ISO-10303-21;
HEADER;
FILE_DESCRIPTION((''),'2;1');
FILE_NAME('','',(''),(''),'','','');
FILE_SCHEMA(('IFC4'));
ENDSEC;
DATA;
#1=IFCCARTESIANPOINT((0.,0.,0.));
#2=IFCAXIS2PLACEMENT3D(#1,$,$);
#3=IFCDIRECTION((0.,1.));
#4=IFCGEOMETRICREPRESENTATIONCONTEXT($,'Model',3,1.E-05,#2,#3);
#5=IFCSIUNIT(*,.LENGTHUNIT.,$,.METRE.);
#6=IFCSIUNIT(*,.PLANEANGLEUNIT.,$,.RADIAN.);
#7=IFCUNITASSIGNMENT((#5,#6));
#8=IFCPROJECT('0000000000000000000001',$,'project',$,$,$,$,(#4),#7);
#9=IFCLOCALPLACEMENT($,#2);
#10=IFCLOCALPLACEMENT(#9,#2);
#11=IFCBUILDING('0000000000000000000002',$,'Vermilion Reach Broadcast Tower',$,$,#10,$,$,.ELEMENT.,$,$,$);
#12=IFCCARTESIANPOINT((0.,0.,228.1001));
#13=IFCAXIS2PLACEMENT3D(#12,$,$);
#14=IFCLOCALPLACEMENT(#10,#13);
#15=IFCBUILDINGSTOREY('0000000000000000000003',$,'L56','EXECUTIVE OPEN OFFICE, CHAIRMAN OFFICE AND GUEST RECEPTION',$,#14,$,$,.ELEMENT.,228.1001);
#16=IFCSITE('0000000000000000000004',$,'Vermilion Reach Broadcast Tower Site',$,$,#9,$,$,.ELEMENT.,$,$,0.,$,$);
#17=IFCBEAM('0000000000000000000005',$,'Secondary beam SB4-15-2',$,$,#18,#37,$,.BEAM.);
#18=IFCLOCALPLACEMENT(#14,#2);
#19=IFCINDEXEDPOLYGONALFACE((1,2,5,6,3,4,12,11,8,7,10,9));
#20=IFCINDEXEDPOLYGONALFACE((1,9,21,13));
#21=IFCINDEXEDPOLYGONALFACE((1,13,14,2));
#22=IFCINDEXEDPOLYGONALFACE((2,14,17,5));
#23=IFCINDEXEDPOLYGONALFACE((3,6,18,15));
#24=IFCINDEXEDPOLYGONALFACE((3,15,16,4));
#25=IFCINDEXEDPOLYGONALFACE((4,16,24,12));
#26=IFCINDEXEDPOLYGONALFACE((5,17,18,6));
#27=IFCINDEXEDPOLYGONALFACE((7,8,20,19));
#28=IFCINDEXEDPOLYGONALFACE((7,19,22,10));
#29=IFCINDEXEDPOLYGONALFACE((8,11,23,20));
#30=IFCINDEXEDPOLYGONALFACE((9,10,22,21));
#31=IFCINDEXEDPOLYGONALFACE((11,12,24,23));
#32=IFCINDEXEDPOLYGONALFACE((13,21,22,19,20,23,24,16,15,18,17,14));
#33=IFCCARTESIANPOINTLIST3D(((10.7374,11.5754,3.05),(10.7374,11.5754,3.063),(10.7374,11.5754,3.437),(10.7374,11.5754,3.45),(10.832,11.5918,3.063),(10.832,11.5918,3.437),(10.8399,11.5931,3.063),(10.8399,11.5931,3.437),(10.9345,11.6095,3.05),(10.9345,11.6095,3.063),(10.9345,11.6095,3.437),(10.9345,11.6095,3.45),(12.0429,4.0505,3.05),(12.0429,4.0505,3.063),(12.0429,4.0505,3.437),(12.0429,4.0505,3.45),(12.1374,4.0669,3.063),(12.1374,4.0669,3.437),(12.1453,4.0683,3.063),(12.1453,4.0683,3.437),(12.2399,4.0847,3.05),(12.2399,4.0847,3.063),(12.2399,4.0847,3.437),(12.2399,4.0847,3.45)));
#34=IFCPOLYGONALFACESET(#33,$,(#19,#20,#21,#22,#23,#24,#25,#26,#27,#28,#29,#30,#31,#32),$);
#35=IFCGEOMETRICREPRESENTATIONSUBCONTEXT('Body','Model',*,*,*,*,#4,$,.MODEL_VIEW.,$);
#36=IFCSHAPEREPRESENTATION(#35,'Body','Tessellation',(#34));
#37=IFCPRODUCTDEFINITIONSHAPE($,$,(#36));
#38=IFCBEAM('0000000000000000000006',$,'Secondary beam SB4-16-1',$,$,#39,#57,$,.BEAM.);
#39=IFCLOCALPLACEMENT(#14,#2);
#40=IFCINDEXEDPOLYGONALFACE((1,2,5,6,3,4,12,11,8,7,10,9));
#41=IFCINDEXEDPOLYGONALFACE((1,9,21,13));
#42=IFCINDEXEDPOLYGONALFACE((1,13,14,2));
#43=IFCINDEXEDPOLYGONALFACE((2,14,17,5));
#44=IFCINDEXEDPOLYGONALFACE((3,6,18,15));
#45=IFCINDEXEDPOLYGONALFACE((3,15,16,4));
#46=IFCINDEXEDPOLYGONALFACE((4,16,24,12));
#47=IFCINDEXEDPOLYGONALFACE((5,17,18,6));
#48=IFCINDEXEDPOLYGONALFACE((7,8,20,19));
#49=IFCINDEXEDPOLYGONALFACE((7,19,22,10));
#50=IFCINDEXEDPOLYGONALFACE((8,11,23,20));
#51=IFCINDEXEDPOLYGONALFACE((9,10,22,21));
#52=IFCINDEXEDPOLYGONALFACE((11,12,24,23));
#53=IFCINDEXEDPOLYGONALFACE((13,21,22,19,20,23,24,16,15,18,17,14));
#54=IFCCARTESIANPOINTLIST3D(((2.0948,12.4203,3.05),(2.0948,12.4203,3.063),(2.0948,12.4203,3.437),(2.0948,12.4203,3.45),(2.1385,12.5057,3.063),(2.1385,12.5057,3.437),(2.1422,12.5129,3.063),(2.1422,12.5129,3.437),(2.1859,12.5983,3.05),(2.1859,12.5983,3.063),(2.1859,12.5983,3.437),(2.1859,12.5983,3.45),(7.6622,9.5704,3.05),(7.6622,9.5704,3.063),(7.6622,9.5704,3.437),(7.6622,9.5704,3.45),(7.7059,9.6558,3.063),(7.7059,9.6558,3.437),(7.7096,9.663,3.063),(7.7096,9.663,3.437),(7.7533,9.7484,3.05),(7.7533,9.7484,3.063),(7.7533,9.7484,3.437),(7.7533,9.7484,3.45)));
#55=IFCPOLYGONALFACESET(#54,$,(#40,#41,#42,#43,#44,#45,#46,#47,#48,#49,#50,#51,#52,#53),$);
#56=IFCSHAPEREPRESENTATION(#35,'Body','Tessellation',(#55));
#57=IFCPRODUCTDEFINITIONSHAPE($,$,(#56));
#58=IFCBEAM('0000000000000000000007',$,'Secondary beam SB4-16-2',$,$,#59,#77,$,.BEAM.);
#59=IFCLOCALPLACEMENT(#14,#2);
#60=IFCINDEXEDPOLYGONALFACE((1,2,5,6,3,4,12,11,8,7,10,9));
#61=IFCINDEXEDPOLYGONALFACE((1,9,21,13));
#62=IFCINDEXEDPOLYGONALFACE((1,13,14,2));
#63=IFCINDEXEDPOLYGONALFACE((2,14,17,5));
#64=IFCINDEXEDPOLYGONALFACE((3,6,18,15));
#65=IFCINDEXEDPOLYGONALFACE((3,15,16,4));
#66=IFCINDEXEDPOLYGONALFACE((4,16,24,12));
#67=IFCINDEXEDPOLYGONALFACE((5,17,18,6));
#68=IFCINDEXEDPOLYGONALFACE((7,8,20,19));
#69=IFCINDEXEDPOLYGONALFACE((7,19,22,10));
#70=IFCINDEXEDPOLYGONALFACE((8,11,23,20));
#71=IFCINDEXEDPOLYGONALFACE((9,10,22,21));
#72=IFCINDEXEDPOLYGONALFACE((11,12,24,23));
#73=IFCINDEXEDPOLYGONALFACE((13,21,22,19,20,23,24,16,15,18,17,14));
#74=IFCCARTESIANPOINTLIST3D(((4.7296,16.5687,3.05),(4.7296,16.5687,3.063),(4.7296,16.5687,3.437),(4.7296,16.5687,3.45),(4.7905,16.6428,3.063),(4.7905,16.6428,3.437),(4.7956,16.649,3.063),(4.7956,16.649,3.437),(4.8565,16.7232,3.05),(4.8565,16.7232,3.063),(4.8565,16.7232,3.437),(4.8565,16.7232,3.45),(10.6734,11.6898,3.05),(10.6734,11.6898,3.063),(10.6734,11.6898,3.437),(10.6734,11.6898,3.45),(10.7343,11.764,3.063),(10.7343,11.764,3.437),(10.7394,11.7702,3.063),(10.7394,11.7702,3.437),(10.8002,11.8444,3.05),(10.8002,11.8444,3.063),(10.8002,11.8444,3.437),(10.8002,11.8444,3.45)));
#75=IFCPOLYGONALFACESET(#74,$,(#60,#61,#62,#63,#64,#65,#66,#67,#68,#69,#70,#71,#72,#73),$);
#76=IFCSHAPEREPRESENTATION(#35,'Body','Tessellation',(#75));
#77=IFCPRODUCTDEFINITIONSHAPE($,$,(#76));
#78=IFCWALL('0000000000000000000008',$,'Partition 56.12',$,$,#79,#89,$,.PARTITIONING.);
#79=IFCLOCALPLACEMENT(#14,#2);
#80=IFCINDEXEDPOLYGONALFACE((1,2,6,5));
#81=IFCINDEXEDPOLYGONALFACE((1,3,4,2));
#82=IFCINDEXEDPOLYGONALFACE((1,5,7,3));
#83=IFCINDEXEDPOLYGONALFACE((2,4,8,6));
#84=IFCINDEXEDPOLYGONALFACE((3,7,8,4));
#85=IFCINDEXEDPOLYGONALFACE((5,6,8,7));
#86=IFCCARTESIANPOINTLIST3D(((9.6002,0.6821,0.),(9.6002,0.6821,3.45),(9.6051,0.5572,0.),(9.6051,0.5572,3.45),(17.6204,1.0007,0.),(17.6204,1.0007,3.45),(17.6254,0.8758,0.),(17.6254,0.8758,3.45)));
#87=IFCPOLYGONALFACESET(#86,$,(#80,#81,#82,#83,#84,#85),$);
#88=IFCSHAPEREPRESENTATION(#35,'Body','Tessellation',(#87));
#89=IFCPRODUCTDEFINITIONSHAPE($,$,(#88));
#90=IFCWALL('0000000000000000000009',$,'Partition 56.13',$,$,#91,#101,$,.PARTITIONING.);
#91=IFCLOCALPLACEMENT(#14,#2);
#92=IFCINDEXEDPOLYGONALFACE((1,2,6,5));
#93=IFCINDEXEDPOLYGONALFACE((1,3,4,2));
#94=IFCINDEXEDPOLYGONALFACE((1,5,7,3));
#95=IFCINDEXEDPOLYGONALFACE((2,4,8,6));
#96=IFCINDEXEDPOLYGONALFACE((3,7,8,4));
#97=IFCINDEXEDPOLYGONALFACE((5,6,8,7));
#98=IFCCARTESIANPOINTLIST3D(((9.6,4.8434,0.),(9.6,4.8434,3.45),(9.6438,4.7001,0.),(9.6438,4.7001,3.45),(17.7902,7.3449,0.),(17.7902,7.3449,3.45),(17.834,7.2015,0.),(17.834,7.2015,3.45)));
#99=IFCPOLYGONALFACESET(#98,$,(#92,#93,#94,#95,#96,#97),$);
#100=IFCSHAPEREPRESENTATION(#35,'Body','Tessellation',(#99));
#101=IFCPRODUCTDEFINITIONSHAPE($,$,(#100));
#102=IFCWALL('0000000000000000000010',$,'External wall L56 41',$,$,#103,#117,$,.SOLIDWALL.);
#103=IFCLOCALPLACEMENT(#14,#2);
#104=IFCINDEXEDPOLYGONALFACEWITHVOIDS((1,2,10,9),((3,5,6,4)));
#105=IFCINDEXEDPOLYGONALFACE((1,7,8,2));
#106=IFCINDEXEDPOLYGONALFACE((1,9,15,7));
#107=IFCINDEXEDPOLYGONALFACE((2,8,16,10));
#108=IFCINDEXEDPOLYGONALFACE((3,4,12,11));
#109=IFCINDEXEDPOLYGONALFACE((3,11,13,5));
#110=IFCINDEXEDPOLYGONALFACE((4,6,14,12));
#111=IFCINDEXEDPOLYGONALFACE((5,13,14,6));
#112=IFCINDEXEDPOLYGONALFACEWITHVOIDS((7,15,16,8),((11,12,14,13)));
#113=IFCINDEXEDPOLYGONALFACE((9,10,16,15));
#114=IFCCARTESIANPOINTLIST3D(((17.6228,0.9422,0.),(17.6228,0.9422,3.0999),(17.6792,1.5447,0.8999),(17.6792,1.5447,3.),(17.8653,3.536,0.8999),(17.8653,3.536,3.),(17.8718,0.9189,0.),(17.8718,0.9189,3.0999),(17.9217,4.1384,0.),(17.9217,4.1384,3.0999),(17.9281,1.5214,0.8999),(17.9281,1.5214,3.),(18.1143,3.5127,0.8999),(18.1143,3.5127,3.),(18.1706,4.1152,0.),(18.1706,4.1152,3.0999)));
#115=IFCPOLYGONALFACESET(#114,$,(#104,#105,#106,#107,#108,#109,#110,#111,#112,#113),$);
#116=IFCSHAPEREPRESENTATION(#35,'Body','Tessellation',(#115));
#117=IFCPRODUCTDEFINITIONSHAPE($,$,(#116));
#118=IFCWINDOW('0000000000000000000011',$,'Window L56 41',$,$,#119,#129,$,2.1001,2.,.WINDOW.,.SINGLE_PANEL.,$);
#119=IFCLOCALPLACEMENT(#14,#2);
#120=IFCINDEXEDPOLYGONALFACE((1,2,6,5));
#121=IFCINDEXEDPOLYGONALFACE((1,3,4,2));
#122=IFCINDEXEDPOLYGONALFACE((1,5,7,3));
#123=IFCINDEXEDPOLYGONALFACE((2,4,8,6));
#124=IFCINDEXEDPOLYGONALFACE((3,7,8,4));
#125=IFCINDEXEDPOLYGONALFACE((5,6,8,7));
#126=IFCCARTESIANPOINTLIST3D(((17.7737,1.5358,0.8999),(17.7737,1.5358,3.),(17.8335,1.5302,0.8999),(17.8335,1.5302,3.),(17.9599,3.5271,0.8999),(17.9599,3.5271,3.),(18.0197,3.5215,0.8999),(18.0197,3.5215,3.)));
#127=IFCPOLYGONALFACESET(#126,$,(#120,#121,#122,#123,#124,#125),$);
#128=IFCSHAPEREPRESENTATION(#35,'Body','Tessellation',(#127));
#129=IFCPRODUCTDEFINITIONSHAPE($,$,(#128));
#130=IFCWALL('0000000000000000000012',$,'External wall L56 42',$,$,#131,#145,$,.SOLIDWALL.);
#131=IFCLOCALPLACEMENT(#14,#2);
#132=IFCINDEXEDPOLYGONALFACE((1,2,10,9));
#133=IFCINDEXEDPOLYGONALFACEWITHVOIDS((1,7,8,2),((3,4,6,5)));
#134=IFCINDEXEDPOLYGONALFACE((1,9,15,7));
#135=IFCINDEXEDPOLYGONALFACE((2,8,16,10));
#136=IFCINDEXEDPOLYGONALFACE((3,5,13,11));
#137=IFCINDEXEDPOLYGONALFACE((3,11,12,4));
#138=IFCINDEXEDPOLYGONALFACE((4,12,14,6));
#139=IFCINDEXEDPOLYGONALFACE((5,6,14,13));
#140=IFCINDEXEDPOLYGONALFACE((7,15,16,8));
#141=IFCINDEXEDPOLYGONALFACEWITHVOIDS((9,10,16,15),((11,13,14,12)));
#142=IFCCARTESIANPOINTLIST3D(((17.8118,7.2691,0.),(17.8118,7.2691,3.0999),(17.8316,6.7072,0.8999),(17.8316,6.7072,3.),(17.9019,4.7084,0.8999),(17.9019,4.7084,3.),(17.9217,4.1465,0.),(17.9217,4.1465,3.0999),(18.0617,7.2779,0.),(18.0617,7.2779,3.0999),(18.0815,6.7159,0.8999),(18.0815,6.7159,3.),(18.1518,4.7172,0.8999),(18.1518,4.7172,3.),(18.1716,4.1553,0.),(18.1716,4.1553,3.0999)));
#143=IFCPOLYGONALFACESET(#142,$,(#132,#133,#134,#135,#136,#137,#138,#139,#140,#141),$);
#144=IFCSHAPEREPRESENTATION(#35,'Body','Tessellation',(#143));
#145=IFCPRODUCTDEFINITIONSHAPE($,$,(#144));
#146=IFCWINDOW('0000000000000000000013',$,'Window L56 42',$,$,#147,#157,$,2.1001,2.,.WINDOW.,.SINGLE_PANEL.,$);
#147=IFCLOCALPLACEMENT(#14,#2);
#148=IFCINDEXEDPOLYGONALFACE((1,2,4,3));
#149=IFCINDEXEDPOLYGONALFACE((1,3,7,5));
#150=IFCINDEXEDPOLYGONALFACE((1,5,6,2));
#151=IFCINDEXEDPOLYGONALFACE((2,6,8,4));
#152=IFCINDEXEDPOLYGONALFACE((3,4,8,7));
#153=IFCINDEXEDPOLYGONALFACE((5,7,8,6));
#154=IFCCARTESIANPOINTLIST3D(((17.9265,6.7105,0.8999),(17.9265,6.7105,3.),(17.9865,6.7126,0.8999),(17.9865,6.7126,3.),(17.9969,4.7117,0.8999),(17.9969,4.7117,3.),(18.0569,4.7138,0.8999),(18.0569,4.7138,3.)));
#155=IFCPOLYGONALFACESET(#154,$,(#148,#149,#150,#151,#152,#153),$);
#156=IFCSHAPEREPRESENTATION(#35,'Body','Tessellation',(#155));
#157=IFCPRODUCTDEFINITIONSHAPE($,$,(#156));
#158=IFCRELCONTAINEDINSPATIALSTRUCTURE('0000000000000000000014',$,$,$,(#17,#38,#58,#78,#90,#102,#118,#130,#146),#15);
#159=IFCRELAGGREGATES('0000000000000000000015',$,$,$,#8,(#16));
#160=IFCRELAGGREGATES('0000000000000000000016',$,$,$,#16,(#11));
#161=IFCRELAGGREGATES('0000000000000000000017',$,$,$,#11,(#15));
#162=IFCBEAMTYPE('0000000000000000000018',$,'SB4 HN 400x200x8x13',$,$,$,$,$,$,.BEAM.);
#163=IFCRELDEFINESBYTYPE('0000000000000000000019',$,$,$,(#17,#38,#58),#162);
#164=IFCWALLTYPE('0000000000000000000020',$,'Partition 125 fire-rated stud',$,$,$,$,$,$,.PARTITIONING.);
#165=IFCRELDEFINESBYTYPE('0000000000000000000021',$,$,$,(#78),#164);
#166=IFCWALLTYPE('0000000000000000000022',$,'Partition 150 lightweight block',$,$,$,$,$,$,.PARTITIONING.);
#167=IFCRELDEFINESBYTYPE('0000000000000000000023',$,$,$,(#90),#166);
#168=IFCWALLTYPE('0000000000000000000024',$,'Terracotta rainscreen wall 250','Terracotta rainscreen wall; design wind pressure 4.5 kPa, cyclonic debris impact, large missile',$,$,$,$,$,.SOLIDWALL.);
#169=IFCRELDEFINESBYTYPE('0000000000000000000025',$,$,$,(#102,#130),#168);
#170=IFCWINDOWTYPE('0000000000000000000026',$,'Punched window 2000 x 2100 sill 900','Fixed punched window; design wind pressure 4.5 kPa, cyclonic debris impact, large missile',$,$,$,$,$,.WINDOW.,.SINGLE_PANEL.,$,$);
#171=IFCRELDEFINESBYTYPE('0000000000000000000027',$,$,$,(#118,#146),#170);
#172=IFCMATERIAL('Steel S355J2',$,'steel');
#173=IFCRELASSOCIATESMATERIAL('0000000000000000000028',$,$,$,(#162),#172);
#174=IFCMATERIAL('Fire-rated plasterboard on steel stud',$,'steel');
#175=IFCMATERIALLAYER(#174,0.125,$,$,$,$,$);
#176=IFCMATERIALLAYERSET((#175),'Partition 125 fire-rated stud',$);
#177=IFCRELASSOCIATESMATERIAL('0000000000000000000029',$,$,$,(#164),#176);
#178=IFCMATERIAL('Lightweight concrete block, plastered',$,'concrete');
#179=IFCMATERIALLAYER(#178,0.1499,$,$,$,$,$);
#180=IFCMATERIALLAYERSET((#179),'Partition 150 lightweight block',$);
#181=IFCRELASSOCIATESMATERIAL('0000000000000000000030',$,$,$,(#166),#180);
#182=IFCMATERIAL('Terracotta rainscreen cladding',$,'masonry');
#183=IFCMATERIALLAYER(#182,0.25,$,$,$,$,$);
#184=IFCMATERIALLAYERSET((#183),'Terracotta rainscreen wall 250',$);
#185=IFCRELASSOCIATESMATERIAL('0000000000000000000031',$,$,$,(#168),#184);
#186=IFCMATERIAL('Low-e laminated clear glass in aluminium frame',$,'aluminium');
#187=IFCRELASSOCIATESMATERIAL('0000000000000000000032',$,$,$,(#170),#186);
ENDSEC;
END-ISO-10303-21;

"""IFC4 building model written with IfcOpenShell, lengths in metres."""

from ifc_helpers import new_model, si_unit, direction, frame, frame_2d, origin, origin_2d, place, context, subcontext, project, spatial, rectangle, i_section, extrude, material, layer, layer_set, material_profile, profile_set, type_object, element, fill, save


model = new_model("IFC4")

# Units and contexts
model_context = context("Model", 3, precision=1e-05, world=origin(), true_north=direction((0.0, 1.0)))
body_context = subcontext(model_context, "Body", "Model", "MODEL_VIEW")
ifc_project = project(units=[si_unit("LENGTHUNIT", "METRE"), si_unit("PLANEANGLEUNIT", "RADIAN")], contexts=[model_context])

# Site, building, storey
site_placement = place(None, origin())
site = spatial("IfcSite", under=ifc_project, at=site_placement, Name="Vermilion Reach Broadcast Tower Site", CompositionType="ELEMENT", RefElevation=0.0)
building_placement = place(site_placement, origin())
building = spatial("IfcBuilding", under=site, at=building_placement, Name="Vermilion Reach Broadcast Tower", CompositionType="ELEMENT")
storey_placement = place(building_placement, frame((0.0, 0.0, 228.1001)))
storey = spatial("IfcBuildingStorey", under=building, at=storey_placement, Name="L56", Description="EXECUTIVE OPEN OFFICE, CHAIRMAN OFFICE AND GUEST RECEPTION", CompositionType="ELEMENT", Elevation=228.1001)

# Beams
ifc_material_1 = material(Name="Steel S355J2", Category="steel")
ifc_material_profile_1 = material_profile(ifc_material_1, i_section(OverallWidth=0.2, OverallDepth=0.3999, WebThickness=0.0081, FlangeThickness=0.0129, at=origin_2d()), Name="S355J2 HN 400x200x8x13")
ifc_profile_set_1 = profile_set([ifc_material_profile_1], Name="Steel S355J2")
beam_type_1 = type_object("IfcBeamType", Name="SB4 HN 400x200x8x13", PredefinedType="BEAM", material=ifc_profile_set_1)
beam_1_placement = place(storey_placement, frame((12.1414, 4.0676, 3.25), z_axis=(-0.170927, 0.985284, 0.0), x_axis=(-0.985284, -0.170927, 0.0)))
element("IfcBeam", 1, at=beam_1_placement, inside=storey, type_object=beam_type_1, Name="Secondary beam SB4-15-2", PredefinedType="BEAM", context=body_context, shape_type="SweptSolid", body=[
    extrude(i_section(OverallWidth=0.2, OverallDepth=0.3999, WebThickness=0.0081, FlangeThickness=0.0129, at=origin_2d()), origin(), (0.0, 0.0, 1.0), 7.6372),
])
beam_2_placement = place(storey_placement, frame((7.7078, 9.6594, 3.25), z_axis=(-0.890156, 0.455656, 0.0), x_axis=(-0.455656, -0.890156, 0.0)))
element("IfcBeam", 2, at=beam_2_placement, inside=storey, type_object=beam_type_1, Name="Secondary beam SB4-16-1", PredefinedType="BEAM", context=body_context, shape_type="SweptSolid", body=[
    extrude(i_section(OverallWidth=0.2, OverallDepth=0.3999, WebThickness=0.0081, FlangeThickness=0.0129, at=origin_2d()), origin(), (0.0, 0.0, 1.0), 6.2544),
])
beam_3_placement = place(storey_placement, frame((10.7368, 11.7671, 3.25), z_axis=(-0.772952, 0.634465, 0.0), x_axis=(-0.634465, -0.772952, 0.0)))
element("IfcBeam", 3, at=beam_3_placement, inside=storey, type_object=beam_type_1, Name="Secondary beam SB4-16-2", PredefinedType="BEAM", context=body_context, shape_type="SweptSolid", body=[
    extrude(i_section(OverallWidth=0.2, OverallDepth=0.3999, WebThickness=0.0081, FlangeThickness=0.0129, at=origin_2d()), origin(), (0.0, 0.0, 1.0), 7.6897),
])

# Walls
ifc_material_2 = material(Name="Fire-rated plasterboard on steel stud", Category="steel")
ifc_layer_1 = layer(ifc_material_2, 0.125)
ifc_layer_set_1 = layer_set([ifc_layer_1], Name="Partition 125 fire-rated stud")
wall_type_1 = type_object("IfcWallType", Name="Partition 125 fire-rated stud", PredefinedType="PARTITIONING", material=ifc_layer_set_1)
wall_1_placement = place(storey_placement, frame((17.6228, 0.9382, 0.0), z_axis=(0.0, 0.0, 1.0), x_axis=(-0.999212, -0.039694, 0.0)))
element("IfcWall", 4, at=wall_1_placement, inside=storey, type_object=wall_type_1, Name="Partition 56.12", PredefinedType="PARTITIONING", context=body_context, shape_type="SweptSolid", body=[
    extrude(rectangle(XDim=8.0266, YDim=0.125, at=frame_2d((4.0132, 0.0))), origin(), (0.0, 0.0, 1.0), 3.45),
])
ifc_material_3 = material(Name="Lightweight concrete block, plastered", Category="concrete")
ifc_layer_2 = layer(ifc_material_3, 0.1499)
ifc_layer_set_2 = layer_set([ifc_layer_2], Name="Partition 150 lightweight block")
wall_type_2 = type_object("IfcWallType", Name="Partition 150 lightweight block", PredefinedType="PARTITIONING", material=ifc_layer_set_2)
wall_2_placement = place(storey_placement, frame((17.812, 7.2732, 0.0), z_axis=(0.0, 0.0, 1.0), x_axis=(-0.956387, -0.292102, 0.0)))
element("IfcWall", 5, at=wall_2_placement, inside=storey, type_object=wall_type_2, Name="Partition 56.13", PredefinedType="PARTITIONING", context=body_context, shape_type="SweptSolid", body=[
    extrude(rectangle(XDim=8.5637, YDim=0.1499, at=frame_2d((4.2817, 0.0))), origin(), (0.0, 0.0, 1.0), 3.45),
])

# Walls, openings, windows
ifc_material_4 = material(Name="Terracotta rainscreen cladding", Category="masonry")
ifc_layer_3 = layer(ifc_material_4, 0.25)
ifc_layer_set_3 = layer_set([ifc_layer_3], Name="Terracotta rainscreen wall 250")
wall_type_3 = type_object("IfcWallType", Name="Terracotta rainscreen wall 250", Description="Terracotta rainscreen wall; design wind pressure 4.5 kPa, cyclonic debris impact, large missile", PredefinedType="SOLIDWALL", material=ifc_layer_set_3)
wall_3_placement = place(storey_placement, frame((17.7473, 0.9307, 0.0), z_axis=(0.0, 0.0, 1.0), x_axis=(0.093086, 0.995658, 0.0)))
wall_3 = element("IfcWall", 6, at=wall_3_placement, inside=storey, type_object=wall_type_3, Name="External wall L56 41", PredefinedType="SOLIDWALL", context=body_context, shape_type="SweptSolid", body=[
    extrude(rectangle(XDim=3.2102, YDim=0.25, at=frame_2d((1.605, 0.0))), origin(), (0.0, 0.0, 1.0), 3.0999),
])
opening_1_placement = place(wall_3_placement, frame((0.605, 0.0, 0.8999)))
opening_1 = element("IfcOpeningElement", 7, at=opening_1_placement, cuts=wall_3, PredefinedType="OPENING", context=body_context, shape_type="SweptSolid", body=[
    extrude(rectangle(XDim=2.0, YDim=2.1001, at=frame_2d((1.0, 1.05))), frame((0.0, 0.135, 0.0), z_axis=(0.0, -1.0, 0.0), x_axis=(1.0, 0.0, 0.0)), (0.0, 0.0, 1.0), 0.27),
])
ifc_material_5 = material(Name="Low-e laminated clear glass in aluminium frame", Category="aluminium")
window_type = type_object("IfcWindowType", Name="Punched window 2000 x 2100 sill 900", Description="Fixed punched window; design wind pressure 4.5 kPa, cyclonic debris impact, large missile", PartitioningType="SINGLE_PANEL", PredefinedType="WINDOW", material=ifc_material_5)
window_1_placement = place(opening_1_placement, origin())
window_1 = element("IfcWindow", 8, at=window_1_placement, inside=storey, type_object=window_type, Name="Window L56 41", OverallHeight=2.1001, OverallWidth=2.0, PartitioningType="SINGLE_PANEL", PredefinedType="WINDOW", context=body_context, shape_type="SweptSolid", body=[
    extrude(rectangle(XDim=2.0, YDim=2.1001, at=frame_2d((1.0, 1.05))), frame((0.0, 0.03, 0.0), z_axis=(0.0, -1.0, 0.0), x_axis=(1.0, 0.0, 0.0)), (0.0, 0.0, 1.0), 0.0601),
])
fill(opening_1, window_1)
wall_4_placement = place(storey_placement, frame((18.0466, 4.1509, 0.0), z_axis=(0.0, 0.0, 1.0), x_axis=(-0.035162, 0.999382, 0.0)))
wall_4 = element("IfcWall", 9, at=wall_4_placement, inside=storey, type_object=wall_type_3, Name="External wall L56 42", PredefinedType="SOLIDWALL", context=body_context, shape_type="SweptSolid", body=[
    extrude(rectangle(XDim=3.1245, YDim=0.25, at=frame_2d((1.5623, 0.0))), origin(), (0.0, 0.0, 1.0), 3.0999),
])
opening_2_placement = place(wall_4_placement, frame((0.5623, 0.0, 0.8999)))
opening_2 = element("IfcOpeningElement", 10, at=opening_2_placement, cuts=wall_4, PredefinedType="OPENING", context=body_context, shape_type="SweptSolid", body=[
    extrude(rectangle(XDim=2.0, YDim=2.1001, at=frame_2d((1.0, 1.05))), frame((0.0, 0.135, 0.0), z_axis=(0.0, -1.0, 0.0), x_axis=(1.0, 0.0, 0.0)), (0.0, 0.0, 1.0), 0.27),
])
window_2_placement = place(opening_2_placement, origin())
window_2 = element("IfcWindow", 11, at=window_2_placement, inside=storey, type_object=window_type, Name="Window L56 42", OverallHeight=2.1001, OverallWidth=2.0, PartitioningType="SINGLE_PANEL", PredefinedType="WINDOW", context=body_context, shape_type="SweptSolid", body=[
    extrude(rectangle(XDim=2.0, YDim=2.1001, at=frame_2d((1.0, 1.05))), frame((0.0, 0.03, 0.0), z_axis=(0.0, -1.0, 0.0), x_axis=(1.0, 0.0, 0.0)), (0.0, 0.0, 1.0), 0.0601),
])
fill(opening_2, window_2)

save(model, "model.ifc")
